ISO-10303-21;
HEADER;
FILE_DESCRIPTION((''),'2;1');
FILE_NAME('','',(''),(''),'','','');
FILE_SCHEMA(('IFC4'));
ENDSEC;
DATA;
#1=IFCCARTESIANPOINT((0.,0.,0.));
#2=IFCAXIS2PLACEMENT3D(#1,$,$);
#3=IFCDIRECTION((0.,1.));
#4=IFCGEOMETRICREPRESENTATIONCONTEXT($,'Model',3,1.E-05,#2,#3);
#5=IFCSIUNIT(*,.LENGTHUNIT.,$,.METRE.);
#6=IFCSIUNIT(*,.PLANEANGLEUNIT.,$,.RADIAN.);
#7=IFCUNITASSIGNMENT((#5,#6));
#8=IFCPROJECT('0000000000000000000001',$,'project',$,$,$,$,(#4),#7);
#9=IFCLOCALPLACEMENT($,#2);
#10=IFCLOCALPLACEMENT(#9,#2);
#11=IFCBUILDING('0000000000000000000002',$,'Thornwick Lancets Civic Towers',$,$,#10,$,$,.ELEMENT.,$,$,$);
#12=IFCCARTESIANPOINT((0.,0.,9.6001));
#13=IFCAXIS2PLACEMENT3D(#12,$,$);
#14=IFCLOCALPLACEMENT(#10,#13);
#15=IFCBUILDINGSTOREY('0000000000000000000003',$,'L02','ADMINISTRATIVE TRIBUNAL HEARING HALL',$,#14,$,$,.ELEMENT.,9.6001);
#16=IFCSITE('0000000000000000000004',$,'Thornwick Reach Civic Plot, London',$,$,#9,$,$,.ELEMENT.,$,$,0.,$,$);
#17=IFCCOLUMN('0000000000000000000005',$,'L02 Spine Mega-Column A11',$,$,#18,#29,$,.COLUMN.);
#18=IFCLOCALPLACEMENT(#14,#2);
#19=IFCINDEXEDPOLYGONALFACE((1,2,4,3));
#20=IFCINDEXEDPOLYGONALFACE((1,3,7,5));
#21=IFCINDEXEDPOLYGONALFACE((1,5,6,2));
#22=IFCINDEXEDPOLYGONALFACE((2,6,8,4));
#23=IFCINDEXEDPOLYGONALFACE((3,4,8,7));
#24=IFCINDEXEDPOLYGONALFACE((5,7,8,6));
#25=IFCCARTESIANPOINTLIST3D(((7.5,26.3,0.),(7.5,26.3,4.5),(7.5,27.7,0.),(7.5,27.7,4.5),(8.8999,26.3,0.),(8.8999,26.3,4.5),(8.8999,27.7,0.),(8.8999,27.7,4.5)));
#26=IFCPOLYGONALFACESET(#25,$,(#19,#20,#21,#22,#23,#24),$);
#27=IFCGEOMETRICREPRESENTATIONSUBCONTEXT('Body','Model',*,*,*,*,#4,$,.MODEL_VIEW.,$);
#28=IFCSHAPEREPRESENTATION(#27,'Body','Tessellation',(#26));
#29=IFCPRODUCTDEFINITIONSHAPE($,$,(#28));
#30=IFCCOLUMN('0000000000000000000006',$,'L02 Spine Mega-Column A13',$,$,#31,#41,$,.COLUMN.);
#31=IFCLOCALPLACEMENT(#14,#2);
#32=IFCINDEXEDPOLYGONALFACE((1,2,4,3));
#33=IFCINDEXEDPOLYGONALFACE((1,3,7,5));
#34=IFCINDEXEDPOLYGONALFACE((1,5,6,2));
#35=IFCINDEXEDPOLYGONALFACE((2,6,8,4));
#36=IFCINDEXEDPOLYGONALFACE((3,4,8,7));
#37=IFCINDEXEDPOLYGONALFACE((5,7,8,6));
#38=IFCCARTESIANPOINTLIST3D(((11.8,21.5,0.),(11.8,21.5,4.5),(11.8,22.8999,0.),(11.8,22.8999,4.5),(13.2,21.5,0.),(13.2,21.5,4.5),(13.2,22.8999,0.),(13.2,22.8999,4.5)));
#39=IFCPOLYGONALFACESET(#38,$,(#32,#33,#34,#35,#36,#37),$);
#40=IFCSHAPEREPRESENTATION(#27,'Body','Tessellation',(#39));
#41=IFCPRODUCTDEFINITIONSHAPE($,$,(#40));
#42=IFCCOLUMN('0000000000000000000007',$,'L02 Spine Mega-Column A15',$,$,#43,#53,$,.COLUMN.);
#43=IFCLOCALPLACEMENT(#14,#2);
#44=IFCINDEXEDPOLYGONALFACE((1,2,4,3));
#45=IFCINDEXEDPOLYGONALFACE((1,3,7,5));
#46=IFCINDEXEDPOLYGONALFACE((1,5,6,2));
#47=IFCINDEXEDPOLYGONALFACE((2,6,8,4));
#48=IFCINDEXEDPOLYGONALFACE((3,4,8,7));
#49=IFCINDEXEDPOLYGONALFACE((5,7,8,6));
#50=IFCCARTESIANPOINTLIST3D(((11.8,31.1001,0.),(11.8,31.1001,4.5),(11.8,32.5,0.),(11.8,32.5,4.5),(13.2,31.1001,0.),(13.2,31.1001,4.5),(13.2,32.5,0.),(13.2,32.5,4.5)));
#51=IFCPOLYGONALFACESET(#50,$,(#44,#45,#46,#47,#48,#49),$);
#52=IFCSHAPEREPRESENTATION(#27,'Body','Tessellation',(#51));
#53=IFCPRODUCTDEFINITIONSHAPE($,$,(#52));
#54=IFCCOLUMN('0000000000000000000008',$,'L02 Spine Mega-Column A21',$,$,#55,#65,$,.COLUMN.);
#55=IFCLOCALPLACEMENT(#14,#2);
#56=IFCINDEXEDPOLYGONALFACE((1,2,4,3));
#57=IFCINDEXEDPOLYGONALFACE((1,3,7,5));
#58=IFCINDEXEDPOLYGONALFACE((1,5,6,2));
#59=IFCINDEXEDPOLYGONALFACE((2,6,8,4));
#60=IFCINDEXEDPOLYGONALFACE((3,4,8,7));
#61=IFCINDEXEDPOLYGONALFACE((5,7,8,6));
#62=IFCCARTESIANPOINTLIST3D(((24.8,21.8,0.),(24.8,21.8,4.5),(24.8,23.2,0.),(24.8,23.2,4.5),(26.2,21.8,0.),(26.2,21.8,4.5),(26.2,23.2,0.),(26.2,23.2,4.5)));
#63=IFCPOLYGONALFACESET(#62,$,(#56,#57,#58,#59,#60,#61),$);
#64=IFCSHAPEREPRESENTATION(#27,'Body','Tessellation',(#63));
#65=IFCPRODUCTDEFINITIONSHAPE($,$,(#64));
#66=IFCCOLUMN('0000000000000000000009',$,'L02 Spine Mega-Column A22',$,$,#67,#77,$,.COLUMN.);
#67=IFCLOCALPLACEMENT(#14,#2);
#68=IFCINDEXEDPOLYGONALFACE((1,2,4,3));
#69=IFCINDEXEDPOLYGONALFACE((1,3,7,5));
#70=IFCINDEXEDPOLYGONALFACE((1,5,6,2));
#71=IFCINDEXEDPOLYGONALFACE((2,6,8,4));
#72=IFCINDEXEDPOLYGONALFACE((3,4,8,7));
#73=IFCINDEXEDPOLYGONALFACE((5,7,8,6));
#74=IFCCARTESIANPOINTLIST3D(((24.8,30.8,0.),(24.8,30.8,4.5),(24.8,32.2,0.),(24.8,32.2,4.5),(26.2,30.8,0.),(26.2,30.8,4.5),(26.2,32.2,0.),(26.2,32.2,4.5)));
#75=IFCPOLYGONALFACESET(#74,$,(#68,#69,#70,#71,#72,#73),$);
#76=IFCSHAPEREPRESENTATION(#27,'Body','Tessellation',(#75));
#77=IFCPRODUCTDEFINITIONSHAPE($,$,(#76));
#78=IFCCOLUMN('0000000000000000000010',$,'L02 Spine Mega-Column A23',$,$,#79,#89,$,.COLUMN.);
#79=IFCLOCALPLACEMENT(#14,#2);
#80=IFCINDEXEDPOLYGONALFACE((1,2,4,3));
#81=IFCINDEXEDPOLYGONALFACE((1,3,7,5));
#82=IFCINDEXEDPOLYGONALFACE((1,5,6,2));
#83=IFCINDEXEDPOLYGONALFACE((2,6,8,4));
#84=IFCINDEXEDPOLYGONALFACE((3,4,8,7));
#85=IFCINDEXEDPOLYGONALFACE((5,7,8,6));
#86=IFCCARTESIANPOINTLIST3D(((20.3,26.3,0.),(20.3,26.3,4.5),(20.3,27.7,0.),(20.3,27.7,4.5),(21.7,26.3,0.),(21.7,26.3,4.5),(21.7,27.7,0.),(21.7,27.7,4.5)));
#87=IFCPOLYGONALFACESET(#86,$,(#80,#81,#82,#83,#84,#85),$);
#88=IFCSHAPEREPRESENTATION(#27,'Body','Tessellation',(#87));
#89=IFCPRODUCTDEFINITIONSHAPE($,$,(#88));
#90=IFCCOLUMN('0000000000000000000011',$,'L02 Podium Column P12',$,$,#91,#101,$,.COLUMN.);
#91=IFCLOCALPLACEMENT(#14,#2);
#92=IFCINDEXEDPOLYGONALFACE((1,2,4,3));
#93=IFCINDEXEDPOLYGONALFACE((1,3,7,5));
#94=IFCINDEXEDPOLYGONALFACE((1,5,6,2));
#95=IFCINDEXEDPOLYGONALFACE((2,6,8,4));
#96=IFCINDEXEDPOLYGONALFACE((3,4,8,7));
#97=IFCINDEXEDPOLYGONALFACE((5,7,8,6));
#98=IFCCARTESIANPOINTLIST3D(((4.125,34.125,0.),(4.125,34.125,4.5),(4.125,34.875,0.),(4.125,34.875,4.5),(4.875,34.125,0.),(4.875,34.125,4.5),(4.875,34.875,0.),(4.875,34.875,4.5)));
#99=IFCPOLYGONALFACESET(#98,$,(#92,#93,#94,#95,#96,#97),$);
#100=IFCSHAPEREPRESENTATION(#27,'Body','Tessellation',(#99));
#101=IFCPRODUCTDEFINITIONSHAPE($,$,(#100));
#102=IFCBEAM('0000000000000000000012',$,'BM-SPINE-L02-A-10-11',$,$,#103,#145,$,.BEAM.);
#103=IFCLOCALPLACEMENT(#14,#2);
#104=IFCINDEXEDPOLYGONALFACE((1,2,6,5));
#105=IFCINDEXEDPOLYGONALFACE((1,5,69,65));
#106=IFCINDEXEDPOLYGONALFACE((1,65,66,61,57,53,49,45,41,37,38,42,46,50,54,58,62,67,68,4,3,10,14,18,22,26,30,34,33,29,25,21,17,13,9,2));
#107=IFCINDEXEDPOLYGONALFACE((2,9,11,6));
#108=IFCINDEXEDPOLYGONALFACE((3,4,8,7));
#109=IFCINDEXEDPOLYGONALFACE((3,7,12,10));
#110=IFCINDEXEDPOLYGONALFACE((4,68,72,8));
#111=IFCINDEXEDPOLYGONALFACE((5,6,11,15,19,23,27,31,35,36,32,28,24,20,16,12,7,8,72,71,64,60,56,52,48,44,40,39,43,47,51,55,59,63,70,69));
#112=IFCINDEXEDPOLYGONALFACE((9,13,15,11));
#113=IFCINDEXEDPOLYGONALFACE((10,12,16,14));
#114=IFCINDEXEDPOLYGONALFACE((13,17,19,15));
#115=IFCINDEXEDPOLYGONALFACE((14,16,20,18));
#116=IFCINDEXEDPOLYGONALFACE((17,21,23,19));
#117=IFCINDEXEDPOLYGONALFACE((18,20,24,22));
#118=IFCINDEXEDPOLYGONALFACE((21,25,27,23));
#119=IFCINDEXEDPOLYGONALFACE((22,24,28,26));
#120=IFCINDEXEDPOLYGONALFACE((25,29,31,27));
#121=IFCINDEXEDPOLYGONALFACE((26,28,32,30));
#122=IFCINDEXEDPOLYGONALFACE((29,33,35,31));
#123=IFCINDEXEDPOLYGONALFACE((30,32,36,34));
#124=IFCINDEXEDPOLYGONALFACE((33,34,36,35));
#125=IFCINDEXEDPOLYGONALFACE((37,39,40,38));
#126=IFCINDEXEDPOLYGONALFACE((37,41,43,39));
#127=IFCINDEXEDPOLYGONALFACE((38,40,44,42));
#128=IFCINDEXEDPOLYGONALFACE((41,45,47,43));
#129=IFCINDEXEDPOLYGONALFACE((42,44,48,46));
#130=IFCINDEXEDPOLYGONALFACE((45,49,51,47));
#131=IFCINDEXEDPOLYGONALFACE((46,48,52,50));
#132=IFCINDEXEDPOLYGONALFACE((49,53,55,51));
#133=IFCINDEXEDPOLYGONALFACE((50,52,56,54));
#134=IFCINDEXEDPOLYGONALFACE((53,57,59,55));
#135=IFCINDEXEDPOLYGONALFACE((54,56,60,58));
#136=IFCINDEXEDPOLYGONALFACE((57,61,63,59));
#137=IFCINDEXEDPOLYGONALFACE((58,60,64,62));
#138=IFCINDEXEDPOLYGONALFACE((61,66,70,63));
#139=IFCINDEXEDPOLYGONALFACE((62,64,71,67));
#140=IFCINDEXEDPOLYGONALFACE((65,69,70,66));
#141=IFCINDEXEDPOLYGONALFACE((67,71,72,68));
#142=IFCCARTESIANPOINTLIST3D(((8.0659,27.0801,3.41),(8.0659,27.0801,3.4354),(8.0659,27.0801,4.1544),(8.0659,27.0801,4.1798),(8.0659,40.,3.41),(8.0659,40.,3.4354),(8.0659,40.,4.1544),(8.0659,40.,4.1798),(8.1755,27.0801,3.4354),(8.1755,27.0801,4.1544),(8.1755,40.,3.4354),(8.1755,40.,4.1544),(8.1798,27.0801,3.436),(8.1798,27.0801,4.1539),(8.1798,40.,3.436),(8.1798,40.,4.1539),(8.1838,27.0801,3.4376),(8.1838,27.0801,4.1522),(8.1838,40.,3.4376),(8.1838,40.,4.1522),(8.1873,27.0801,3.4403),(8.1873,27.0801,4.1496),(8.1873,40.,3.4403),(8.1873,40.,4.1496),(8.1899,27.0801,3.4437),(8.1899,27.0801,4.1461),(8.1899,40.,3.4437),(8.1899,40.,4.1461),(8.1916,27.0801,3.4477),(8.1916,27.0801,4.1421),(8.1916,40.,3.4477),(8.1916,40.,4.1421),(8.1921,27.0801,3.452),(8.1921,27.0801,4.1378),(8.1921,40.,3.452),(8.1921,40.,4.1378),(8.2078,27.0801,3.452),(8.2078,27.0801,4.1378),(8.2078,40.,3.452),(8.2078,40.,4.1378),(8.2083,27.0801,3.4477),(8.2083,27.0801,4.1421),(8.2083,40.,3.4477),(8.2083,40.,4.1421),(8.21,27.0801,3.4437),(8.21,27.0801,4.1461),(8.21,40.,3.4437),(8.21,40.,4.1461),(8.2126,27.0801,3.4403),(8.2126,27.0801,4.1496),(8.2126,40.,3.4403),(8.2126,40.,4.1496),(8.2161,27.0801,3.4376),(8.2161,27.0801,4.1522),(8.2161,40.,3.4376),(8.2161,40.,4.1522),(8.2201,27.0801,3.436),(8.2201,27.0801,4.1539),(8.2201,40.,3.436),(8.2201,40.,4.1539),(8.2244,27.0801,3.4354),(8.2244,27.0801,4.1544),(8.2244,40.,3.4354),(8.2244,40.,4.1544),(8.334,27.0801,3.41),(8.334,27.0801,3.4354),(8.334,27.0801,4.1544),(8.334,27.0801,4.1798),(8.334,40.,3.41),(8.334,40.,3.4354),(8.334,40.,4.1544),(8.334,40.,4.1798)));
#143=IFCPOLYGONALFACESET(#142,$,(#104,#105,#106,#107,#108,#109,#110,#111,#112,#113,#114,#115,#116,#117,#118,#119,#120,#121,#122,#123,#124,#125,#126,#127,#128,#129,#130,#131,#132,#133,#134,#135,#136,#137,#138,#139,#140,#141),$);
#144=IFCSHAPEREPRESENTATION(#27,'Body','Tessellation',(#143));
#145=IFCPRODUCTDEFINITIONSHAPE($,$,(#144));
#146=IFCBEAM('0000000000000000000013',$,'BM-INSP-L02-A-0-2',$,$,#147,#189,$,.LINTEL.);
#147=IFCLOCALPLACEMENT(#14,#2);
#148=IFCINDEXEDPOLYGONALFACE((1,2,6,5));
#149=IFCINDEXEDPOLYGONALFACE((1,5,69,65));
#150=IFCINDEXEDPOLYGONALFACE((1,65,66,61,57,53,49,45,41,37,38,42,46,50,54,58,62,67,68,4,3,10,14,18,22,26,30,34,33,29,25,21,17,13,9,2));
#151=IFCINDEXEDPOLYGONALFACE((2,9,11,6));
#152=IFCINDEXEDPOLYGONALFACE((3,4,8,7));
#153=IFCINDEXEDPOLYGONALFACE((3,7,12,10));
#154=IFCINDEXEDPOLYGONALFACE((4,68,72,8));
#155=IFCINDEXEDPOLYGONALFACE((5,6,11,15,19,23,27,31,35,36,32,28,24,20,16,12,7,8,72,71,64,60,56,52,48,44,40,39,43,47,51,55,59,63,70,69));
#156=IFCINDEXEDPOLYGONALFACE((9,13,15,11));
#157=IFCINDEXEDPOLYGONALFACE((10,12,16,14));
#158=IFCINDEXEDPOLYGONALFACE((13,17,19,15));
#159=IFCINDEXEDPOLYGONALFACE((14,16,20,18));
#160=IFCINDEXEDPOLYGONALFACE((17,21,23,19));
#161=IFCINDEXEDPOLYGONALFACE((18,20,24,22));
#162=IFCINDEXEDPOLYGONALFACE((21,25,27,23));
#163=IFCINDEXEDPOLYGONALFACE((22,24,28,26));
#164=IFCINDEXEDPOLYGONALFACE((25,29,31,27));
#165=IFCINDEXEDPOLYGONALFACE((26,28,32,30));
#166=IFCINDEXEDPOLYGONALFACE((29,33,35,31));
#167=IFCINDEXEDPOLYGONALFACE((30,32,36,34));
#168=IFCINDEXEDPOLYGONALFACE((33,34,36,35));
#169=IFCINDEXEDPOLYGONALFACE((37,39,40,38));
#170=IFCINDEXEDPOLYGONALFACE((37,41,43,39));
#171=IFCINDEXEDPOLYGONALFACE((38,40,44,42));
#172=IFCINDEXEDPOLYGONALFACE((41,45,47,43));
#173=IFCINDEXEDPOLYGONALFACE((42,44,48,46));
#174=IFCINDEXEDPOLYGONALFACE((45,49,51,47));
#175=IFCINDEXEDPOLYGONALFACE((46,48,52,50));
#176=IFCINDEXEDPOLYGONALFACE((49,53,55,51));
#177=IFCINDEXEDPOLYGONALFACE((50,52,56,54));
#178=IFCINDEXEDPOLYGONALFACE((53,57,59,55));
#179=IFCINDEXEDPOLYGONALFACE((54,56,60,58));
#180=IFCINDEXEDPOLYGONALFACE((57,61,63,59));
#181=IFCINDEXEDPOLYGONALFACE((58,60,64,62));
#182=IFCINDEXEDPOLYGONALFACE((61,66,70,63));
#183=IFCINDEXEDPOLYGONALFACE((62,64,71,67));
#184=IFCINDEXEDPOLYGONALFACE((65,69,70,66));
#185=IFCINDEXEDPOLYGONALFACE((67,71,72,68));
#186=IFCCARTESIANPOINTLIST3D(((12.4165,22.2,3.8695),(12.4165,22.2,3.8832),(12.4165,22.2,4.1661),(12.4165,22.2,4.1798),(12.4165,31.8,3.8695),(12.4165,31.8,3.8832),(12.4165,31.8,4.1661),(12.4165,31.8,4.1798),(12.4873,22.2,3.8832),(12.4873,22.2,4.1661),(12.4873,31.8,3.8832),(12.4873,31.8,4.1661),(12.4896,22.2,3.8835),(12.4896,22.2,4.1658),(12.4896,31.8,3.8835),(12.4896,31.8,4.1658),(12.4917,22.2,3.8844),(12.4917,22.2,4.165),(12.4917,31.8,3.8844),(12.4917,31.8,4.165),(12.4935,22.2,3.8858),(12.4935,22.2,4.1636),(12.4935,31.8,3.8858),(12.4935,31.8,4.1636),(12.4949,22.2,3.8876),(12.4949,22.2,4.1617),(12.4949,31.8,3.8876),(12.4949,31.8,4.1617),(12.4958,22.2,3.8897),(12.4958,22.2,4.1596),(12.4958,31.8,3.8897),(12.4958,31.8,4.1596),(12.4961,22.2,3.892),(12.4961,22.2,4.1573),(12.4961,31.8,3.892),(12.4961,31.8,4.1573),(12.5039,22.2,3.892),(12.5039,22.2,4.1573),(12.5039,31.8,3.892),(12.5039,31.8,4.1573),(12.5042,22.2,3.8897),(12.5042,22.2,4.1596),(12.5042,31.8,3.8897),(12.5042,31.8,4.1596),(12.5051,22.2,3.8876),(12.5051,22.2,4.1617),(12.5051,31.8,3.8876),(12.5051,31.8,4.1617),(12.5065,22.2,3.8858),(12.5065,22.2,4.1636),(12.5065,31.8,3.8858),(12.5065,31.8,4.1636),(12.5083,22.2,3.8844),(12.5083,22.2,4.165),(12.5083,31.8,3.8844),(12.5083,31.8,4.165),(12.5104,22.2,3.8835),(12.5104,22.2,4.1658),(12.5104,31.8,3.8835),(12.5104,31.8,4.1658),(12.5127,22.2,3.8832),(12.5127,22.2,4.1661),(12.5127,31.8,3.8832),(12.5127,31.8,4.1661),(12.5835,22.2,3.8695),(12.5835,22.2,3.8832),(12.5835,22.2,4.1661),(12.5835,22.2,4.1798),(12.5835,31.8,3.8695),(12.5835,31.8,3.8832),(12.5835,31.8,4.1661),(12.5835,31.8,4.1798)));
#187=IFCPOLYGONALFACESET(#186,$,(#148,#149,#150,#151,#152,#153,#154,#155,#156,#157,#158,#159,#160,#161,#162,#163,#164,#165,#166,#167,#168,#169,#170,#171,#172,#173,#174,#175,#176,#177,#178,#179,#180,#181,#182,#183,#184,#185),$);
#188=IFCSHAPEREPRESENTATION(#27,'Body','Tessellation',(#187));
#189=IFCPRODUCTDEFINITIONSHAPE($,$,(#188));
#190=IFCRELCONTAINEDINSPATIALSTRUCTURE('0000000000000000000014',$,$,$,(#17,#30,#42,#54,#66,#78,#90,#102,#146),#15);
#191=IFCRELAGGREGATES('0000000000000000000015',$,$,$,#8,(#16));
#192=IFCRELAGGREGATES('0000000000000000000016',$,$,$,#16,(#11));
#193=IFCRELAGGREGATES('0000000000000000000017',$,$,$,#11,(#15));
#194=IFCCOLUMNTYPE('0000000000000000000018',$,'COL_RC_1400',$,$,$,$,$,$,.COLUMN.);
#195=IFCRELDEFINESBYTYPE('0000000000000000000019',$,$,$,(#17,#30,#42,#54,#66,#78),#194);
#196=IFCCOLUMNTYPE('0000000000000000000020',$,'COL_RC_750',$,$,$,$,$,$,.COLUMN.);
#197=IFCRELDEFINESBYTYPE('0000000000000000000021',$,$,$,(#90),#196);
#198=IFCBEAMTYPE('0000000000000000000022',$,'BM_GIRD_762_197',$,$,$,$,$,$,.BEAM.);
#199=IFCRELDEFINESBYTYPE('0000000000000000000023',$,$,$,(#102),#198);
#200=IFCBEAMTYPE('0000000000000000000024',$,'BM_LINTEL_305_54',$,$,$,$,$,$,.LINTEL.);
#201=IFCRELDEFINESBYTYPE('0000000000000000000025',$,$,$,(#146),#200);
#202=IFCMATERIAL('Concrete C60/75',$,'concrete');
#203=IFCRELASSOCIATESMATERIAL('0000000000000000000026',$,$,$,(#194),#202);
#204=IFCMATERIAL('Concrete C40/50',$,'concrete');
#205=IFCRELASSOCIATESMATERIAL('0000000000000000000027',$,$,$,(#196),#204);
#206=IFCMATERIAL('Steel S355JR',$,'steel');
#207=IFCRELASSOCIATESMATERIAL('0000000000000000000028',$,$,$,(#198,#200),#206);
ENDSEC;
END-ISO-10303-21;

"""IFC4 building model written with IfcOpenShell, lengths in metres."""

from ifc_helpers import new_model, si_unit, direction, frame, origin, origin_2d, place, context, subcontext, project, spatial, rectangle, i_section, extrude, material, material_profile, profile_set, type_object, element, save


model = new_model("IFC4")

# Units and contexts
model_context = context("Model", 3, precision=1e-05, world=origin(), true_north=direction((0.0, 1.0)))
body_context = subcontext(model_context, "Body", "Model", "MODEL_VIEW")
ifc_project = project(units=[si_unit("LENGTHUNIT", "METRE"), si_unit("PLANEANGLEUNIT", "RADIAN")], contexts=[model_context])

# Site, building, storey
site_placement = place(None, origin())
site = spatial("IfcSite", under=ifc_project, at=site_placement, Name="Thornwick Reach Civic Plot, London", CompositionType="ELEMENT", RefElevation=0.0)
building_placement = place(site_placement, origin())
building = spatial("IfcBuilding", under=site, at=building_placement, Name="Thornwick Lancets Civic Towers", CompositionType="ELEMENT")
storey_placement = place(building_placement, frame((0.0, 0.0, 9.6001)))
storey = spatial("IfcBuildingStorey", under=building, at=storey_placement, Name="L02", Description="ADMINISTRATIVE TRIBUNAL HEARING HALL", CompositionType="ELEMENT", Elevation=9.6001)

# Columns
ifc_material_1 = material(Name="Concrete C60/75", Category="concrete")
ifc_material_profile_1 = material_profile(ifc_material_1, rectangle(XDim=1.3999, YDim=1.3999, at=origin_2d()), Name="RC 1400x1400")
ifc_profile_set_1 = profile_set([ifc_material_profile_1], Name="Concrete C60/75")
column_type_1 = type_object("IfcColumnType", Name="COL_RC_1400", PredefinedType="COLUMN", material=ifc_profile_set_1)
for number, where, z_axis, x_axis, name in (
    (1, (8.2, 27.0, 0.0), (0.0, 0.0, 1.0), (1.0, 0.0, 0.0), "L02 Spine Mega-Column A11"),
    (2, (12.5, 22.2, 0.0), (0.0, 0.0, 1.0), (1.0, 0.0, 0.0), "L02 Spine Mega-Column A13"),
    (3, (12.5, 31.8, 0.0), (0.0, 0.0, 1.0), (1.0, 0.0, 0.0), "L02 Spine Mega-Column A15"),
    (4, (25.5, 22.5, 0.0), (0.0, 0.0, 1.0), (1.0, 0.0, 0.0), "L02 Spine Mega-Column A21"),
    (5, (25.5, 31.5, 0.0), (0.0, 0.0, 1.0), (1.0, 0.0, 0.0), "L02 Spine Mega-Column A22"),
    (6, (21.0, 27.0, 0.0), (0.0, 0.0, 1.0), (1.0, 0.0, 0.0), "L02 Spine Mega-Column A23"),
):
    element("IfcColumn", number, at=place(storey_placement, frame(where, z_axis=z_axis, x_axis=x_axis)), inside=storey, type_object=column_type_1, Name=name, PredefinedType="COLUMN", context=body_context, shape_type="SweptSolid", body=[
        extrude(rectangle(XDim=1.3999, YDim=1.3999, at=origin_2d()), origin(), (0.0, 0.0, 1.0), 4.5),
    ])
ifc_material_2 = material(Name="Concrete C40/50", Category="concrete")
ifc_material_profile_2 = material_profile(ifc_material_2, rectangle(XDim=0.75, YDim=0.75, at=origin_2d()), Name="RC 750x750")
ifc_profile_set_2 = profile_set([ifc_material_profile_2], Name="Concrete C40/50")
column_type_2 = type_object("IfcColumnType", Name="COL_RC_750", PredefinedType="COLUMN", material=ifc_profile_set_2)
column_placement = place(storey_placement, frame((4.5, 34.5, 0.0), z_axis=(0.0, 0.0, 1.0), x_axis=(1.0, 0.0, 0.0)))
element("IfcColumn", 7, at=column_placement, inside=storey, type_object=column_type_2, Name="L02 Podium Column P12", PredefinedType="COLUMN", context=body_context, shape_type="SweptSolid", body=[
    extrude(rectangle(XDim=0.75, YDim=0.75, at=origin_2d()), origin(), (0.0, 0.0, 1.0), 4.5),
])

# Beams
ifc_material_3 = material(Name="Steel S355JR", Category="steel")
ifc_material_profile_3 = material_profile(ifc_material_3, i_section(OverallWidth=0.2681, OverallDepth=0.7698, WebThickness=0.0156, FlangeThickness=0.0254, FilletRadius=0.0166, at=origin_2d()), Name="UKB 762x267x197")
ifc_profile_set_3 = profile_set([ifc_material_profile_3], Name="Steel S355JR")
beam_type_1 = type_object("IfcBeamType", Name="BM_GIRD_762_197", PredefinedType="BEAM", material=ifc_profile_set_3)
beam_1_placement = place(storey_placement, frame((8.2, 27.0801, 3.7949), z_axis=(0.0, 1.0, 0.0), x_axis=(-1.0, 0.0, 0.0)))
element("IfcBeam", 8, at=beam_1_placement, inside=storey, type_object=beam_type_1, Name="BM-SPINE-L02-A-10-11", PredefinedType="BEAM", context=body_context, shape_type="SweptSolid", body=[
    extrude(i_section(OverallWidth=0.2681, OverallDepth=0.7698, WebThickness=0.0156, FlangeThickness=0.0254, FilletRadius=0.0166, at=origin_2d()), origin(), (0.0, 0.0, 1.0), 12.9199),
])
ifc_material_profile_4 = material_profile(ifc_material_3, i_section(OverallWidth=0.167, OverallDepth=0.3103, WebThickness=0.0078, FlangeThickness=0.0137, FilletRadius=0.0088, at=origin_2d()), Name="UKB 305x165x54")
ifc_profile_set_4 = profile_set([ifc_material_profile_4], Name="Steel S355JR")
beam_type_2 = type_object("IfcBeamType", Name="BM_LINTEL_305_54", PredefinedType="LINTEL", material=ifc_profile_set_4)
beam_2_placement = place(storey_placement, frame((12.5, 22.2, 4.0247), z_axis=(0.0, 1.0, 0.0), x_axis=(-1.0, 0.0, 0.0)))
element("IfcBeam", 9, at=beam_2_placement, inside=storey, type_object=beam_type_2, Name="BM-INSP-L02-A-0-2", PredefinedType="LINTEL", context=body_context, shape_type="SweptSolid", body=[
    extrude(i_section(OverallWidth=0.167, OverallDepth=0.3103, WebThickness=0.0078, FlangeThickness=0.0137, FilletRadius=0.0088, at=origin_2d()), origin(), (0.0, 0.0, 1.0), 9.6001),
])

save(model, "model.ifc")
